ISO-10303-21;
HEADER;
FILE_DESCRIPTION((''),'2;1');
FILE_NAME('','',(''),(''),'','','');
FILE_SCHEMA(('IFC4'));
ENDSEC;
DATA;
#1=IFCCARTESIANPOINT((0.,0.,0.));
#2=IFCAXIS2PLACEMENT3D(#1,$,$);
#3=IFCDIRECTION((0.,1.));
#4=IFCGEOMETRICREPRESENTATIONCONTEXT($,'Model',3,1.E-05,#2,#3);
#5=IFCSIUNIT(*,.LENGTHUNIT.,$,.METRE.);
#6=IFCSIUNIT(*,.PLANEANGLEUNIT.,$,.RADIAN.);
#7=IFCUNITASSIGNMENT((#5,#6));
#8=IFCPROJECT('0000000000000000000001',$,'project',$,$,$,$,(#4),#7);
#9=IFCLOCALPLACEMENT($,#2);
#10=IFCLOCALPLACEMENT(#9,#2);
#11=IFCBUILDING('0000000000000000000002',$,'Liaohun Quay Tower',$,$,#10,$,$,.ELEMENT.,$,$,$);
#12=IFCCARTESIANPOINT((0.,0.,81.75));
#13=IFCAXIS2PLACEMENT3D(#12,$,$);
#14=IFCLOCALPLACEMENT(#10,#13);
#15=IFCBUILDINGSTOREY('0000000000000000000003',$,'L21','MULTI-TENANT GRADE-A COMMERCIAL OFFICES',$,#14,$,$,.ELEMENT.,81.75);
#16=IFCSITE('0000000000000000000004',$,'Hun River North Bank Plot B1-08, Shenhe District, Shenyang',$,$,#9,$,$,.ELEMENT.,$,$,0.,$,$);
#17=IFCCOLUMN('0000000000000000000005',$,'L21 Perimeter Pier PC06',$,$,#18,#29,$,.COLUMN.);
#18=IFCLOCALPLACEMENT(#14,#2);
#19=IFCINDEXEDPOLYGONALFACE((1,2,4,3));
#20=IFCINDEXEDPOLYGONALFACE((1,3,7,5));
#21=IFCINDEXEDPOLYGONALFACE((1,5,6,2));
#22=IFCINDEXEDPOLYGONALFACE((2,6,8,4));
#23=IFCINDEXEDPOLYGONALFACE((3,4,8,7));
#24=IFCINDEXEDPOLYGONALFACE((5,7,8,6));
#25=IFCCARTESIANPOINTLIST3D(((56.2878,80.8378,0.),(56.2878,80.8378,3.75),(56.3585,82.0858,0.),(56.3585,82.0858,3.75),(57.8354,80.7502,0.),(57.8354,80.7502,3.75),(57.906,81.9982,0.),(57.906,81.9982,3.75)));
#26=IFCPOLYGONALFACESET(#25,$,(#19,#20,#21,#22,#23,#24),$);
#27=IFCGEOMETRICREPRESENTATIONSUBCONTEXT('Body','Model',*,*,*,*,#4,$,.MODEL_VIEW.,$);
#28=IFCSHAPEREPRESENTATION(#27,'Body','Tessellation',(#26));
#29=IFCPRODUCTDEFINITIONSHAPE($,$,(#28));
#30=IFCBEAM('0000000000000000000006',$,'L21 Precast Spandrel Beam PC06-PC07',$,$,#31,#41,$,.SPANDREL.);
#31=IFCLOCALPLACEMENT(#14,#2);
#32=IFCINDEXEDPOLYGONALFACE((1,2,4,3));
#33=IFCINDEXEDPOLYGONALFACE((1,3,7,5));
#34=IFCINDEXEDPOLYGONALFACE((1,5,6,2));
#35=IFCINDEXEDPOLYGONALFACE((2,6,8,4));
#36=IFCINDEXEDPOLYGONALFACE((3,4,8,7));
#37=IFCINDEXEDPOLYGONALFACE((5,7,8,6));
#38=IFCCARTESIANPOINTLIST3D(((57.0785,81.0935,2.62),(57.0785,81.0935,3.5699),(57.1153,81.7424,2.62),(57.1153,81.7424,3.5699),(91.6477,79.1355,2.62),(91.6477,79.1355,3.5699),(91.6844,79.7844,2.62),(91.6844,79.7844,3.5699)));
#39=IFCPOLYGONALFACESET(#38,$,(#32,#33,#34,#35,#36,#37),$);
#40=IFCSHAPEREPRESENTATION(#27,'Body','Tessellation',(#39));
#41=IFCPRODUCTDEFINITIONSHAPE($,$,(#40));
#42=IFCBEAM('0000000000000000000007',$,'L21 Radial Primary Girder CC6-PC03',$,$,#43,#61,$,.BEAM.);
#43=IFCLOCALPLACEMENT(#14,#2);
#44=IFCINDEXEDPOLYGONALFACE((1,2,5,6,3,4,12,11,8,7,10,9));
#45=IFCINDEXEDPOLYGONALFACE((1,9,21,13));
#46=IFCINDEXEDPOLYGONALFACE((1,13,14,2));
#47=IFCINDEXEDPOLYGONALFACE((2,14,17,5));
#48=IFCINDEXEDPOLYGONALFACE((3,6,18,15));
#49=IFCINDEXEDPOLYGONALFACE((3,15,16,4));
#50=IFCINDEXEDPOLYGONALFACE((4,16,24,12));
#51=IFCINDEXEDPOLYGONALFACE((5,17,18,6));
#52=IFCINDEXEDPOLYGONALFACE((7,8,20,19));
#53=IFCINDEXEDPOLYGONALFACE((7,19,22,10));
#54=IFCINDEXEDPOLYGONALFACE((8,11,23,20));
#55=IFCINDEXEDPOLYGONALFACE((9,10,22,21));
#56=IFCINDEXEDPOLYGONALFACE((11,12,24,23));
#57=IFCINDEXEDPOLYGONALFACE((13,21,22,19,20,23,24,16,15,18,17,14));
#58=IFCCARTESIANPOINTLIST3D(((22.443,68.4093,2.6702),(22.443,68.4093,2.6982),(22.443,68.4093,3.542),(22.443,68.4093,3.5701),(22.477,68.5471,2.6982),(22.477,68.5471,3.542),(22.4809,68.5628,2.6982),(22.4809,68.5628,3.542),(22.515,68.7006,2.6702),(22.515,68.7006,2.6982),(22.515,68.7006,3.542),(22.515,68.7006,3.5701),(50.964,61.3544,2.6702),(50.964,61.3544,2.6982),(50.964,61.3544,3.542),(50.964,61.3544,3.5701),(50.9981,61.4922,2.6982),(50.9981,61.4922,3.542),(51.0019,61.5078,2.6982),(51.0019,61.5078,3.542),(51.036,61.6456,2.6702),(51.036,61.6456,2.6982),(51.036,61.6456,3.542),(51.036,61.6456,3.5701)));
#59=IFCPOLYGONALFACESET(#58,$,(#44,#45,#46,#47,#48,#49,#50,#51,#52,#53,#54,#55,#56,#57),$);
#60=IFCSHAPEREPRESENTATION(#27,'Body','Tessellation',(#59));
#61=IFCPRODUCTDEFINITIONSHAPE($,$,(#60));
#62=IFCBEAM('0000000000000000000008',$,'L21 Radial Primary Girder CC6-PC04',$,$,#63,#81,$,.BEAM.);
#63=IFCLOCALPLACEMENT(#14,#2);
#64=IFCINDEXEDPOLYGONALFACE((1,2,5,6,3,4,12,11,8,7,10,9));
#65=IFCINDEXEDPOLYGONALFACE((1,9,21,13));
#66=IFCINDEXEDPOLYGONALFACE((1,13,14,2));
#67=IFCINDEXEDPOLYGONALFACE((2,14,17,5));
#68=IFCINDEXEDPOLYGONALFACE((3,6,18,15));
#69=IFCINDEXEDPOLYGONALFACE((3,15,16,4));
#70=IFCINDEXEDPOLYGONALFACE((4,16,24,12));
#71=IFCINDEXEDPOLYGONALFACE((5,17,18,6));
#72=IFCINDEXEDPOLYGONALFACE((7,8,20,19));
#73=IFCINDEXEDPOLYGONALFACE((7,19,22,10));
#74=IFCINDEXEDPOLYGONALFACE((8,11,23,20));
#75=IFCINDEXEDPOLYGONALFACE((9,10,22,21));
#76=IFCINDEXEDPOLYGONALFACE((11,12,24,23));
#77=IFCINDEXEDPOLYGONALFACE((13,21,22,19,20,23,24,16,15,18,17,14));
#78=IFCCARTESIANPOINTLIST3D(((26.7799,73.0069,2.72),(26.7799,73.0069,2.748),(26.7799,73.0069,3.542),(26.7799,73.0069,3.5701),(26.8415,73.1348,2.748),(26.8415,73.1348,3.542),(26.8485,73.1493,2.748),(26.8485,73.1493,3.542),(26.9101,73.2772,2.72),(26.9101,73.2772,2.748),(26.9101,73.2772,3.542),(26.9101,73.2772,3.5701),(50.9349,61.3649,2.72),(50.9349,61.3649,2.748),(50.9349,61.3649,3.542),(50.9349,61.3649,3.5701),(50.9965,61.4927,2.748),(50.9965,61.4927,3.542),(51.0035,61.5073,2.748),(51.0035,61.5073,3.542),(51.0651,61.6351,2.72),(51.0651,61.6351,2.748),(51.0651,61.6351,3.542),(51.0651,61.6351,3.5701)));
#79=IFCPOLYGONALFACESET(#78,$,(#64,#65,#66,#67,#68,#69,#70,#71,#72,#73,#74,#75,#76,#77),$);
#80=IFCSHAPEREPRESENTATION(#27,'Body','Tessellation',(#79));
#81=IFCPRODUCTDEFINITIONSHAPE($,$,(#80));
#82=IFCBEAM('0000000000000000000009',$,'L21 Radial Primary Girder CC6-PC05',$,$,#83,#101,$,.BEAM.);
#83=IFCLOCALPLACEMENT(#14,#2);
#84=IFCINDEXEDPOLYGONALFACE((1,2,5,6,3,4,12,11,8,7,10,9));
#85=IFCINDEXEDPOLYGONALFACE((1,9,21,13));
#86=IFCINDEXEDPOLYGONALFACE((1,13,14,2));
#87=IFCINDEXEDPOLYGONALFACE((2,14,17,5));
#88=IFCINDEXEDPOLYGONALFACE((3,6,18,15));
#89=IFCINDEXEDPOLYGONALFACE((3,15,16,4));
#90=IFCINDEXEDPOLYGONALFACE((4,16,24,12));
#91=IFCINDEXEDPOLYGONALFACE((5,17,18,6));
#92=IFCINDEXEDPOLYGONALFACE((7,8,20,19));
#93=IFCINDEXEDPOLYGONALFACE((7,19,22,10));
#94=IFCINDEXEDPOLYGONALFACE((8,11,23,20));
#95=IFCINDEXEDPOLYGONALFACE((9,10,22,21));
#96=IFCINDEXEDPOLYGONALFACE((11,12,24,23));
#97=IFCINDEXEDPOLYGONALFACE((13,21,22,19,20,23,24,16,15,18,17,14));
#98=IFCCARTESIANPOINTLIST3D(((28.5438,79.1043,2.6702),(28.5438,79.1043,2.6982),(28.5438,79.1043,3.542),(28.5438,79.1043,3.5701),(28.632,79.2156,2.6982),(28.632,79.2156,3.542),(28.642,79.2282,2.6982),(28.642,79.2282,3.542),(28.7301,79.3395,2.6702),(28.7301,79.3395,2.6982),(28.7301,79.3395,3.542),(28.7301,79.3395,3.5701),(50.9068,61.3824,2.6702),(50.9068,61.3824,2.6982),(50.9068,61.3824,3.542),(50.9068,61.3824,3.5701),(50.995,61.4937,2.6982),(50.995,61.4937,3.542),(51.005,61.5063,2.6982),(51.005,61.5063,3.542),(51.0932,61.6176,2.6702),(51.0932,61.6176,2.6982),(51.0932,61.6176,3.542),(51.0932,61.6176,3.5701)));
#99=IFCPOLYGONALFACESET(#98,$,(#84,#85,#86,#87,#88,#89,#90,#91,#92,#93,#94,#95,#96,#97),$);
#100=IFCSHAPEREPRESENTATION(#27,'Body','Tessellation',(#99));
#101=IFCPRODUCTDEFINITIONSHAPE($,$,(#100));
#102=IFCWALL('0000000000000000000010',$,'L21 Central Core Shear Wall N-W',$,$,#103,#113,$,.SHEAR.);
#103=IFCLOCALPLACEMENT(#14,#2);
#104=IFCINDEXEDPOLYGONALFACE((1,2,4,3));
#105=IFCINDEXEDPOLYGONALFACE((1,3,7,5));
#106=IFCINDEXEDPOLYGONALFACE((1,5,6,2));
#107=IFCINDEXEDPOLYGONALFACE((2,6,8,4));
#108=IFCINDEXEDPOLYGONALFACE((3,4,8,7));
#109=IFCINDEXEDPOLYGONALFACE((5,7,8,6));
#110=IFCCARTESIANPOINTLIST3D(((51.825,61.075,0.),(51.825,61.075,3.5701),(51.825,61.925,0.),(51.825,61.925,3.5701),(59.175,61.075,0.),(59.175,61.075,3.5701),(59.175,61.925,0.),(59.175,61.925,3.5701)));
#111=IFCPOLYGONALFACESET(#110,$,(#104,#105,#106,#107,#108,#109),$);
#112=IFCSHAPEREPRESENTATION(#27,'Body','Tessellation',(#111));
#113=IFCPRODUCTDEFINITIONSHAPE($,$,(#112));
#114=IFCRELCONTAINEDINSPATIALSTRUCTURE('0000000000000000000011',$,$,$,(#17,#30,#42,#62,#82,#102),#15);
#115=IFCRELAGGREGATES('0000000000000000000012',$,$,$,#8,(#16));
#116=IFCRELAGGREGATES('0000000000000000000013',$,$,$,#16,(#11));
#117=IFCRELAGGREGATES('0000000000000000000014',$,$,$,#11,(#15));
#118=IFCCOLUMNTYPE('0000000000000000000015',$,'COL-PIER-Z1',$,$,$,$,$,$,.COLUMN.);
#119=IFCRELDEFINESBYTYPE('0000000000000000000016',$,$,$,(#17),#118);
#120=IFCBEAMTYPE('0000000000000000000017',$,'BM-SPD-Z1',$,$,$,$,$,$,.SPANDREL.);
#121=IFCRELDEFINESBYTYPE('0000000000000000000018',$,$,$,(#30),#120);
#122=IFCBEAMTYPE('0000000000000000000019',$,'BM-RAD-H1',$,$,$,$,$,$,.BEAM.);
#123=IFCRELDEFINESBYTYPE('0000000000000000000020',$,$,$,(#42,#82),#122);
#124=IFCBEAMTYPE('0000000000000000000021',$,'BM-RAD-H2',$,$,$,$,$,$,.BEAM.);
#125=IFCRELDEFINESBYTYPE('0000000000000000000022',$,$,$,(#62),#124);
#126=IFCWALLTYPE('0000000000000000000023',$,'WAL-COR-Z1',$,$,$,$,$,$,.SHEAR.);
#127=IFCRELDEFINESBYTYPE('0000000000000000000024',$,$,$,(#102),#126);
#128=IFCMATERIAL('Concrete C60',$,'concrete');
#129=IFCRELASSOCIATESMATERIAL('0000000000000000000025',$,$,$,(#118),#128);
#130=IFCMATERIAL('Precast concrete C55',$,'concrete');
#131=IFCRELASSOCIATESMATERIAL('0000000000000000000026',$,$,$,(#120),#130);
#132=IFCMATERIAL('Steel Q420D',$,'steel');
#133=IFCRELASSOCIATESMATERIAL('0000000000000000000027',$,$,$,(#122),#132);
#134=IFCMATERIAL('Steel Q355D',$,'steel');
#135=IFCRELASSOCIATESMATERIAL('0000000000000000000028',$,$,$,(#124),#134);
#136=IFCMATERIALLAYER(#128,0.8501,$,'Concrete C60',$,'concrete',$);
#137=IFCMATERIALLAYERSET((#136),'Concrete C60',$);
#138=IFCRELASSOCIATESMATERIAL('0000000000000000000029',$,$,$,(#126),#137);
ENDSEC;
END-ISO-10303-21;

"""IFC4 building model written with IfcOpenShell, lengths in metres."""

from ifc_helpers import new_model, si_unit, direction, frame, frame_2d, origin, origin_2d, place, context, subcontext, project, spatial, rectangle, i_section, extrude, source, transform, mapped, material, layer, layer_set, material_profile, profile_set, type_object, element, save


model = new_model("IFC4")

# Units and contexts
model_context = context("Model", 3, precision=1e-05, world=origin(), true_north=direction((0.0, 1.0)))
body_context = subcontext(model_context, "Body", "Model", "MODEL_VIEW")
ifc_project = project(units=[si_unit("LENGTHUNIT", "METRE"), si_unit("PLANEANGLEUNIT", "RADIAN")], contexts=[model_context])

# Site, building, storey
site_placement = place(None, origin())
site = spatial("IfcSite", under=ifc_project, at=site_placement, Name="Hun River North Bank Plot B1-08, Shenhe District, Shenyang", CompositionType="ELEMENT", RefElevation=0.0)
building_placement = place(site_placement, origin())
building = spatial("IfcBuilding", under=site, at=building_placement, Name="Liaohun Quay Tower", CompositionType="ELEMENT")
storey_placement = place(building_placement, frame((0.0, 0.0, 81.75)))
storey = spatial("IfcBuildingStorey", under=building, at=storey_placement, Name="L21", Description="MULTI-TENANT GRADE-A COMMERCIAL OFFICES", CompositionType="ELEMENT", Elevation=81.75)

# Column
ifc_material_1 = material(Name="Concrete C60", Category="concrete")
ifc_material_profile_1 = material_profile(ifc_material_1, rectangle(XDim=1.55, YDim=1.25, at=origin_2d()), Name="RC1550x1250")
ifc_profile_set_1 = profile_set([ifc_material_profile_1], Name="Concrete C60")
column_type = type_object("IfcColumnType", Name="COL-PIER-Z1", PredefinedType="COLUMN", material=ifc_profile_set_1)
shared_shape_1 = source(origin(), body_context, "Body", "SweptSolid", [
    extrude(rectangle(XDim=1.55, YDim=1.25, at=origin_2d()), origin(), (0.0, 0.0, 1.0), 3.75),
])
column_placement = place(storey_placement, frame((57.0969, 81.418, 0.0), z_axis=(0.0, 0.0, 1.0), x_axis=(-0.998402, 0.056519, 0.0)))
element("IfcColumn", 1, at=column_placement, inside=storey, type_object=column_type, Name="L21 Perimeter Pier PC06", PredefinedType="COLUMN", context=body_context, shape_type="MappedRepresentation", body=[
    mapped(shared_shape_1, transform((0.0, 0.0, 0.0), x_axis=(1.0, 0.0, 0.0), y_axis=(0.0, 1.0, 0.0), z_axis=(0.0, 0.0, 1.0), scale=1.0)),
])

# Beams
ifc_material_2 = material(Name="Precast concrete C55", Category="concrete")
ifc_material_profile_2 = material_profile(ifc_material_2, rectangle(XDim=0.6499, YDim=0.95, at=origin_2d()), Name="RC650x950")
ifc_profile_set_2 = profile_set([ifc_material_profile_2], Name="Precast concrete C55")
beam_type_1 = type_object("IfcBeamType", Name="BM-SPD-Z1", PredefinedType="SPANDREL", material=ifc_profile_set_2)
shared_shape_2 = source(origin(), body_context, "Body", "SweptSolid", [
    extrude(rectangle(XDim=0.6499, YDim=0.95, at=origin_2d()), origin(), (0.0, 0.0, 1.0), 34.6245),
])
beam_1_placement = place(storey_placement, frame((57.0969, 81.418, 3.095), z_axis=(0.9984, -0.05655, 0.0), x_axis=(0.05655, 0.9984, 0.0)))
element("IfcBeam", 2, at=beam_1_placement, inside=storey, type_object=beam_type_1, Name="L21 Precast Spandrel Beam PC06-PC07", PredefinedType="SPANDREL", context=body_context, shape_type="MappedRepresentation", body=[
    mapped(shared_shape_2, transform((0.0, 0.0, 0.0), x_axis=(1.0, 0.0, 0.0), y_axis=(0.0, 1.0, 0.0), z_axis=(0.0, 0.0, 1.0), scale=1.0)),
])
ifc_material_3 = material(Name="Steel Q420D", Category="steel")
ifc_material_profile_3 = material_profile(ifc_material_3, i_section(OverallWidth=0.3, OverallDepth=0.8999, WebThickness=0.0161, FlangeThickness=0.0281, at=origin_2d()), Name="HN900x300x16x28")
ifc_profile_set_3 = profile_set([ifc_material_profile_3], Name="Steel Q420D")
beam_type_2 = type_object("IfcBeamType", Name="BM-RAD-H1", PredefinedType="BEAM", material=ifc_profile_set_3)
shared_shape_3 = source(origin(), body_context, "Body", "SweptSolid", [
    extrude(i_section(OverallWidth=0.3, OverallDepth=0.8999, WebThickness=0.0161, FlangeThickness=0.0281, at=origin_2d()), origin(), (0.0, 0.0, 1.0), 29.3806),
])
beam_2_placement = place(storey_placement, frame((51.0, 61.5, 3.1201), z_axis=(-0.970743, 0.240122, 0.0), x_axis=(-0.240122, -0.970743, 0.0)))
element("IfcBeam", 3, at=beam_2_placement, inside=storey, type_object=beam_type_2, Name="L21 Radial Primary Girder CC6-PC03", PredefinedType="BEAM", context=body_context, shape_type="MappedRepresentation", body=[
    mapped(shared_shape_3, transform((0.0, 0.0, 0.0), x_axis=(1.0, 0.0, 0.0), y_axis=(0.0, 1.0, 0.0), z_axis=(0.0, 0.0, 1.0), scale=1.0)),
])
ifc_material_4 = material(Name="Steel Q355D", Category="steel")
ifc_material_profile_4 = material_profile(ifc_material_4, i_section(OverallWidth=0.3, OverallDepth=0.8501, WebThickness=0.0161, FlangeThickness=0.0281, at=origin_2d()), Name="HN850x300x16x28")
ifc_profile_set_4 = profile_set([ifc_material_profile_4], Name="Steel Q355D")
beam_type_3 = type_object("IfcBeamType", Name="BM-RAD-H2", PredefinedType="BEAM", material=ifc_profile_set_4)
shared_shape_4 = source(origin(), body_context, "Body", "SweptSolid", [
    extrude(i_section(OverallWidth=0.3, OverallDepth=0.8501, WebThickness=0.0161, FlangeThickness=0.0281, at=origin_2d()), origin(), (0.0, 0.0, 1.0), 26.8142),
])
beam_3_placement = place(storey_placement, frame((51.0, 61.5, 3.145), z_axis=(-0.900828, 0.434176, 0.0), x_axis=(-0.434176, -0.900828, 0.0)))
element("IfcBeam", 4, at=beam_3_placement, inside=storey, type_object=beam_type_3, Name="L21 Radial Primary Girder CC6-PC04", PredefinedType="BEAM", context=body_context, shape_type="MappedRepresentation", body=[
    mapped(shared_shape_4, transform((0.0, 0.0, 0.0), x_axis=(1.0, 0.0, 0.0), y_axis=(0.0, 1.0, 0.0), z_axis=(0.0, 0.0, 1.0), scale=1.0)),
])
shared_shape_5 = source(origin(), body_context, "Body", "SweptSolid", [
    extrude(i_section(OverallWidth=0.3, OverallDepth=0.8999, WebThickness=0.0161, FlangeThickness=0.0281, at=origin_2d()), origin(), (0.0, 0.0, 1.0), 28.5337),
])
beam_4_placement = place(storey_placement, frame((51.0, 61.5, 3.1201), z_axis=(-0.783741, 0.621087, 0.0), x_axis=(-0.621087, -0.783741, 0.0)))
element("IfcBeam", 5, at=beam_4_placement, inside=storey, type_object=beam_type_2, Name="L21 Radial Primary Girder CC6-PC05", PredefinedType="BEAM", context=body_context, shape_type="MappedRepresentation", body=[
    mapped(shared_shape_5, transform((0.0, 0.0, 0.0), x_axis=(1.0, 0.0, 0.0), y_axis=(0.0, 1.0, 0.0), z_axis=(0.0, 0.0, 1.0), scale=1.0)),
])

# Wall
ifc_layer_1 = layer(ifc_material_1, 0.8501, Name="Concrete C60", Category="concrete")
ifc_layer_set_1 = layer_set([ifc_layer_1], Name="Concrete C60")
wall_type_1 = type_object("IfcWallType", Name="WAL-COR-Z1", PredefinedType="SHEAR", material=ifc_layer_set_1)
wall_1_placement = place(storey_placement, frame((51.825, 61.5, 0.0), z_axis=(0.0, 0.0, 1.0), x_axis=(1.0, 0.0, 0.0)))
element("IfcWall", 6, at=wall_1_placement, inside=storey, type_object=wall_type_1, Name="L21 Central Core Shear Wall N-W", PredefinedType="SHEAR", context=body_context, shape_type="SweptSolid", body=[
    extrude(rectangle(XDim=7.3501, YDim=0.8501, at=frame_2d((3.675, 0.0))), origin(), (0.0, 0.0, 1.0), 3.5701),
])

save(model, "model.ifc")
